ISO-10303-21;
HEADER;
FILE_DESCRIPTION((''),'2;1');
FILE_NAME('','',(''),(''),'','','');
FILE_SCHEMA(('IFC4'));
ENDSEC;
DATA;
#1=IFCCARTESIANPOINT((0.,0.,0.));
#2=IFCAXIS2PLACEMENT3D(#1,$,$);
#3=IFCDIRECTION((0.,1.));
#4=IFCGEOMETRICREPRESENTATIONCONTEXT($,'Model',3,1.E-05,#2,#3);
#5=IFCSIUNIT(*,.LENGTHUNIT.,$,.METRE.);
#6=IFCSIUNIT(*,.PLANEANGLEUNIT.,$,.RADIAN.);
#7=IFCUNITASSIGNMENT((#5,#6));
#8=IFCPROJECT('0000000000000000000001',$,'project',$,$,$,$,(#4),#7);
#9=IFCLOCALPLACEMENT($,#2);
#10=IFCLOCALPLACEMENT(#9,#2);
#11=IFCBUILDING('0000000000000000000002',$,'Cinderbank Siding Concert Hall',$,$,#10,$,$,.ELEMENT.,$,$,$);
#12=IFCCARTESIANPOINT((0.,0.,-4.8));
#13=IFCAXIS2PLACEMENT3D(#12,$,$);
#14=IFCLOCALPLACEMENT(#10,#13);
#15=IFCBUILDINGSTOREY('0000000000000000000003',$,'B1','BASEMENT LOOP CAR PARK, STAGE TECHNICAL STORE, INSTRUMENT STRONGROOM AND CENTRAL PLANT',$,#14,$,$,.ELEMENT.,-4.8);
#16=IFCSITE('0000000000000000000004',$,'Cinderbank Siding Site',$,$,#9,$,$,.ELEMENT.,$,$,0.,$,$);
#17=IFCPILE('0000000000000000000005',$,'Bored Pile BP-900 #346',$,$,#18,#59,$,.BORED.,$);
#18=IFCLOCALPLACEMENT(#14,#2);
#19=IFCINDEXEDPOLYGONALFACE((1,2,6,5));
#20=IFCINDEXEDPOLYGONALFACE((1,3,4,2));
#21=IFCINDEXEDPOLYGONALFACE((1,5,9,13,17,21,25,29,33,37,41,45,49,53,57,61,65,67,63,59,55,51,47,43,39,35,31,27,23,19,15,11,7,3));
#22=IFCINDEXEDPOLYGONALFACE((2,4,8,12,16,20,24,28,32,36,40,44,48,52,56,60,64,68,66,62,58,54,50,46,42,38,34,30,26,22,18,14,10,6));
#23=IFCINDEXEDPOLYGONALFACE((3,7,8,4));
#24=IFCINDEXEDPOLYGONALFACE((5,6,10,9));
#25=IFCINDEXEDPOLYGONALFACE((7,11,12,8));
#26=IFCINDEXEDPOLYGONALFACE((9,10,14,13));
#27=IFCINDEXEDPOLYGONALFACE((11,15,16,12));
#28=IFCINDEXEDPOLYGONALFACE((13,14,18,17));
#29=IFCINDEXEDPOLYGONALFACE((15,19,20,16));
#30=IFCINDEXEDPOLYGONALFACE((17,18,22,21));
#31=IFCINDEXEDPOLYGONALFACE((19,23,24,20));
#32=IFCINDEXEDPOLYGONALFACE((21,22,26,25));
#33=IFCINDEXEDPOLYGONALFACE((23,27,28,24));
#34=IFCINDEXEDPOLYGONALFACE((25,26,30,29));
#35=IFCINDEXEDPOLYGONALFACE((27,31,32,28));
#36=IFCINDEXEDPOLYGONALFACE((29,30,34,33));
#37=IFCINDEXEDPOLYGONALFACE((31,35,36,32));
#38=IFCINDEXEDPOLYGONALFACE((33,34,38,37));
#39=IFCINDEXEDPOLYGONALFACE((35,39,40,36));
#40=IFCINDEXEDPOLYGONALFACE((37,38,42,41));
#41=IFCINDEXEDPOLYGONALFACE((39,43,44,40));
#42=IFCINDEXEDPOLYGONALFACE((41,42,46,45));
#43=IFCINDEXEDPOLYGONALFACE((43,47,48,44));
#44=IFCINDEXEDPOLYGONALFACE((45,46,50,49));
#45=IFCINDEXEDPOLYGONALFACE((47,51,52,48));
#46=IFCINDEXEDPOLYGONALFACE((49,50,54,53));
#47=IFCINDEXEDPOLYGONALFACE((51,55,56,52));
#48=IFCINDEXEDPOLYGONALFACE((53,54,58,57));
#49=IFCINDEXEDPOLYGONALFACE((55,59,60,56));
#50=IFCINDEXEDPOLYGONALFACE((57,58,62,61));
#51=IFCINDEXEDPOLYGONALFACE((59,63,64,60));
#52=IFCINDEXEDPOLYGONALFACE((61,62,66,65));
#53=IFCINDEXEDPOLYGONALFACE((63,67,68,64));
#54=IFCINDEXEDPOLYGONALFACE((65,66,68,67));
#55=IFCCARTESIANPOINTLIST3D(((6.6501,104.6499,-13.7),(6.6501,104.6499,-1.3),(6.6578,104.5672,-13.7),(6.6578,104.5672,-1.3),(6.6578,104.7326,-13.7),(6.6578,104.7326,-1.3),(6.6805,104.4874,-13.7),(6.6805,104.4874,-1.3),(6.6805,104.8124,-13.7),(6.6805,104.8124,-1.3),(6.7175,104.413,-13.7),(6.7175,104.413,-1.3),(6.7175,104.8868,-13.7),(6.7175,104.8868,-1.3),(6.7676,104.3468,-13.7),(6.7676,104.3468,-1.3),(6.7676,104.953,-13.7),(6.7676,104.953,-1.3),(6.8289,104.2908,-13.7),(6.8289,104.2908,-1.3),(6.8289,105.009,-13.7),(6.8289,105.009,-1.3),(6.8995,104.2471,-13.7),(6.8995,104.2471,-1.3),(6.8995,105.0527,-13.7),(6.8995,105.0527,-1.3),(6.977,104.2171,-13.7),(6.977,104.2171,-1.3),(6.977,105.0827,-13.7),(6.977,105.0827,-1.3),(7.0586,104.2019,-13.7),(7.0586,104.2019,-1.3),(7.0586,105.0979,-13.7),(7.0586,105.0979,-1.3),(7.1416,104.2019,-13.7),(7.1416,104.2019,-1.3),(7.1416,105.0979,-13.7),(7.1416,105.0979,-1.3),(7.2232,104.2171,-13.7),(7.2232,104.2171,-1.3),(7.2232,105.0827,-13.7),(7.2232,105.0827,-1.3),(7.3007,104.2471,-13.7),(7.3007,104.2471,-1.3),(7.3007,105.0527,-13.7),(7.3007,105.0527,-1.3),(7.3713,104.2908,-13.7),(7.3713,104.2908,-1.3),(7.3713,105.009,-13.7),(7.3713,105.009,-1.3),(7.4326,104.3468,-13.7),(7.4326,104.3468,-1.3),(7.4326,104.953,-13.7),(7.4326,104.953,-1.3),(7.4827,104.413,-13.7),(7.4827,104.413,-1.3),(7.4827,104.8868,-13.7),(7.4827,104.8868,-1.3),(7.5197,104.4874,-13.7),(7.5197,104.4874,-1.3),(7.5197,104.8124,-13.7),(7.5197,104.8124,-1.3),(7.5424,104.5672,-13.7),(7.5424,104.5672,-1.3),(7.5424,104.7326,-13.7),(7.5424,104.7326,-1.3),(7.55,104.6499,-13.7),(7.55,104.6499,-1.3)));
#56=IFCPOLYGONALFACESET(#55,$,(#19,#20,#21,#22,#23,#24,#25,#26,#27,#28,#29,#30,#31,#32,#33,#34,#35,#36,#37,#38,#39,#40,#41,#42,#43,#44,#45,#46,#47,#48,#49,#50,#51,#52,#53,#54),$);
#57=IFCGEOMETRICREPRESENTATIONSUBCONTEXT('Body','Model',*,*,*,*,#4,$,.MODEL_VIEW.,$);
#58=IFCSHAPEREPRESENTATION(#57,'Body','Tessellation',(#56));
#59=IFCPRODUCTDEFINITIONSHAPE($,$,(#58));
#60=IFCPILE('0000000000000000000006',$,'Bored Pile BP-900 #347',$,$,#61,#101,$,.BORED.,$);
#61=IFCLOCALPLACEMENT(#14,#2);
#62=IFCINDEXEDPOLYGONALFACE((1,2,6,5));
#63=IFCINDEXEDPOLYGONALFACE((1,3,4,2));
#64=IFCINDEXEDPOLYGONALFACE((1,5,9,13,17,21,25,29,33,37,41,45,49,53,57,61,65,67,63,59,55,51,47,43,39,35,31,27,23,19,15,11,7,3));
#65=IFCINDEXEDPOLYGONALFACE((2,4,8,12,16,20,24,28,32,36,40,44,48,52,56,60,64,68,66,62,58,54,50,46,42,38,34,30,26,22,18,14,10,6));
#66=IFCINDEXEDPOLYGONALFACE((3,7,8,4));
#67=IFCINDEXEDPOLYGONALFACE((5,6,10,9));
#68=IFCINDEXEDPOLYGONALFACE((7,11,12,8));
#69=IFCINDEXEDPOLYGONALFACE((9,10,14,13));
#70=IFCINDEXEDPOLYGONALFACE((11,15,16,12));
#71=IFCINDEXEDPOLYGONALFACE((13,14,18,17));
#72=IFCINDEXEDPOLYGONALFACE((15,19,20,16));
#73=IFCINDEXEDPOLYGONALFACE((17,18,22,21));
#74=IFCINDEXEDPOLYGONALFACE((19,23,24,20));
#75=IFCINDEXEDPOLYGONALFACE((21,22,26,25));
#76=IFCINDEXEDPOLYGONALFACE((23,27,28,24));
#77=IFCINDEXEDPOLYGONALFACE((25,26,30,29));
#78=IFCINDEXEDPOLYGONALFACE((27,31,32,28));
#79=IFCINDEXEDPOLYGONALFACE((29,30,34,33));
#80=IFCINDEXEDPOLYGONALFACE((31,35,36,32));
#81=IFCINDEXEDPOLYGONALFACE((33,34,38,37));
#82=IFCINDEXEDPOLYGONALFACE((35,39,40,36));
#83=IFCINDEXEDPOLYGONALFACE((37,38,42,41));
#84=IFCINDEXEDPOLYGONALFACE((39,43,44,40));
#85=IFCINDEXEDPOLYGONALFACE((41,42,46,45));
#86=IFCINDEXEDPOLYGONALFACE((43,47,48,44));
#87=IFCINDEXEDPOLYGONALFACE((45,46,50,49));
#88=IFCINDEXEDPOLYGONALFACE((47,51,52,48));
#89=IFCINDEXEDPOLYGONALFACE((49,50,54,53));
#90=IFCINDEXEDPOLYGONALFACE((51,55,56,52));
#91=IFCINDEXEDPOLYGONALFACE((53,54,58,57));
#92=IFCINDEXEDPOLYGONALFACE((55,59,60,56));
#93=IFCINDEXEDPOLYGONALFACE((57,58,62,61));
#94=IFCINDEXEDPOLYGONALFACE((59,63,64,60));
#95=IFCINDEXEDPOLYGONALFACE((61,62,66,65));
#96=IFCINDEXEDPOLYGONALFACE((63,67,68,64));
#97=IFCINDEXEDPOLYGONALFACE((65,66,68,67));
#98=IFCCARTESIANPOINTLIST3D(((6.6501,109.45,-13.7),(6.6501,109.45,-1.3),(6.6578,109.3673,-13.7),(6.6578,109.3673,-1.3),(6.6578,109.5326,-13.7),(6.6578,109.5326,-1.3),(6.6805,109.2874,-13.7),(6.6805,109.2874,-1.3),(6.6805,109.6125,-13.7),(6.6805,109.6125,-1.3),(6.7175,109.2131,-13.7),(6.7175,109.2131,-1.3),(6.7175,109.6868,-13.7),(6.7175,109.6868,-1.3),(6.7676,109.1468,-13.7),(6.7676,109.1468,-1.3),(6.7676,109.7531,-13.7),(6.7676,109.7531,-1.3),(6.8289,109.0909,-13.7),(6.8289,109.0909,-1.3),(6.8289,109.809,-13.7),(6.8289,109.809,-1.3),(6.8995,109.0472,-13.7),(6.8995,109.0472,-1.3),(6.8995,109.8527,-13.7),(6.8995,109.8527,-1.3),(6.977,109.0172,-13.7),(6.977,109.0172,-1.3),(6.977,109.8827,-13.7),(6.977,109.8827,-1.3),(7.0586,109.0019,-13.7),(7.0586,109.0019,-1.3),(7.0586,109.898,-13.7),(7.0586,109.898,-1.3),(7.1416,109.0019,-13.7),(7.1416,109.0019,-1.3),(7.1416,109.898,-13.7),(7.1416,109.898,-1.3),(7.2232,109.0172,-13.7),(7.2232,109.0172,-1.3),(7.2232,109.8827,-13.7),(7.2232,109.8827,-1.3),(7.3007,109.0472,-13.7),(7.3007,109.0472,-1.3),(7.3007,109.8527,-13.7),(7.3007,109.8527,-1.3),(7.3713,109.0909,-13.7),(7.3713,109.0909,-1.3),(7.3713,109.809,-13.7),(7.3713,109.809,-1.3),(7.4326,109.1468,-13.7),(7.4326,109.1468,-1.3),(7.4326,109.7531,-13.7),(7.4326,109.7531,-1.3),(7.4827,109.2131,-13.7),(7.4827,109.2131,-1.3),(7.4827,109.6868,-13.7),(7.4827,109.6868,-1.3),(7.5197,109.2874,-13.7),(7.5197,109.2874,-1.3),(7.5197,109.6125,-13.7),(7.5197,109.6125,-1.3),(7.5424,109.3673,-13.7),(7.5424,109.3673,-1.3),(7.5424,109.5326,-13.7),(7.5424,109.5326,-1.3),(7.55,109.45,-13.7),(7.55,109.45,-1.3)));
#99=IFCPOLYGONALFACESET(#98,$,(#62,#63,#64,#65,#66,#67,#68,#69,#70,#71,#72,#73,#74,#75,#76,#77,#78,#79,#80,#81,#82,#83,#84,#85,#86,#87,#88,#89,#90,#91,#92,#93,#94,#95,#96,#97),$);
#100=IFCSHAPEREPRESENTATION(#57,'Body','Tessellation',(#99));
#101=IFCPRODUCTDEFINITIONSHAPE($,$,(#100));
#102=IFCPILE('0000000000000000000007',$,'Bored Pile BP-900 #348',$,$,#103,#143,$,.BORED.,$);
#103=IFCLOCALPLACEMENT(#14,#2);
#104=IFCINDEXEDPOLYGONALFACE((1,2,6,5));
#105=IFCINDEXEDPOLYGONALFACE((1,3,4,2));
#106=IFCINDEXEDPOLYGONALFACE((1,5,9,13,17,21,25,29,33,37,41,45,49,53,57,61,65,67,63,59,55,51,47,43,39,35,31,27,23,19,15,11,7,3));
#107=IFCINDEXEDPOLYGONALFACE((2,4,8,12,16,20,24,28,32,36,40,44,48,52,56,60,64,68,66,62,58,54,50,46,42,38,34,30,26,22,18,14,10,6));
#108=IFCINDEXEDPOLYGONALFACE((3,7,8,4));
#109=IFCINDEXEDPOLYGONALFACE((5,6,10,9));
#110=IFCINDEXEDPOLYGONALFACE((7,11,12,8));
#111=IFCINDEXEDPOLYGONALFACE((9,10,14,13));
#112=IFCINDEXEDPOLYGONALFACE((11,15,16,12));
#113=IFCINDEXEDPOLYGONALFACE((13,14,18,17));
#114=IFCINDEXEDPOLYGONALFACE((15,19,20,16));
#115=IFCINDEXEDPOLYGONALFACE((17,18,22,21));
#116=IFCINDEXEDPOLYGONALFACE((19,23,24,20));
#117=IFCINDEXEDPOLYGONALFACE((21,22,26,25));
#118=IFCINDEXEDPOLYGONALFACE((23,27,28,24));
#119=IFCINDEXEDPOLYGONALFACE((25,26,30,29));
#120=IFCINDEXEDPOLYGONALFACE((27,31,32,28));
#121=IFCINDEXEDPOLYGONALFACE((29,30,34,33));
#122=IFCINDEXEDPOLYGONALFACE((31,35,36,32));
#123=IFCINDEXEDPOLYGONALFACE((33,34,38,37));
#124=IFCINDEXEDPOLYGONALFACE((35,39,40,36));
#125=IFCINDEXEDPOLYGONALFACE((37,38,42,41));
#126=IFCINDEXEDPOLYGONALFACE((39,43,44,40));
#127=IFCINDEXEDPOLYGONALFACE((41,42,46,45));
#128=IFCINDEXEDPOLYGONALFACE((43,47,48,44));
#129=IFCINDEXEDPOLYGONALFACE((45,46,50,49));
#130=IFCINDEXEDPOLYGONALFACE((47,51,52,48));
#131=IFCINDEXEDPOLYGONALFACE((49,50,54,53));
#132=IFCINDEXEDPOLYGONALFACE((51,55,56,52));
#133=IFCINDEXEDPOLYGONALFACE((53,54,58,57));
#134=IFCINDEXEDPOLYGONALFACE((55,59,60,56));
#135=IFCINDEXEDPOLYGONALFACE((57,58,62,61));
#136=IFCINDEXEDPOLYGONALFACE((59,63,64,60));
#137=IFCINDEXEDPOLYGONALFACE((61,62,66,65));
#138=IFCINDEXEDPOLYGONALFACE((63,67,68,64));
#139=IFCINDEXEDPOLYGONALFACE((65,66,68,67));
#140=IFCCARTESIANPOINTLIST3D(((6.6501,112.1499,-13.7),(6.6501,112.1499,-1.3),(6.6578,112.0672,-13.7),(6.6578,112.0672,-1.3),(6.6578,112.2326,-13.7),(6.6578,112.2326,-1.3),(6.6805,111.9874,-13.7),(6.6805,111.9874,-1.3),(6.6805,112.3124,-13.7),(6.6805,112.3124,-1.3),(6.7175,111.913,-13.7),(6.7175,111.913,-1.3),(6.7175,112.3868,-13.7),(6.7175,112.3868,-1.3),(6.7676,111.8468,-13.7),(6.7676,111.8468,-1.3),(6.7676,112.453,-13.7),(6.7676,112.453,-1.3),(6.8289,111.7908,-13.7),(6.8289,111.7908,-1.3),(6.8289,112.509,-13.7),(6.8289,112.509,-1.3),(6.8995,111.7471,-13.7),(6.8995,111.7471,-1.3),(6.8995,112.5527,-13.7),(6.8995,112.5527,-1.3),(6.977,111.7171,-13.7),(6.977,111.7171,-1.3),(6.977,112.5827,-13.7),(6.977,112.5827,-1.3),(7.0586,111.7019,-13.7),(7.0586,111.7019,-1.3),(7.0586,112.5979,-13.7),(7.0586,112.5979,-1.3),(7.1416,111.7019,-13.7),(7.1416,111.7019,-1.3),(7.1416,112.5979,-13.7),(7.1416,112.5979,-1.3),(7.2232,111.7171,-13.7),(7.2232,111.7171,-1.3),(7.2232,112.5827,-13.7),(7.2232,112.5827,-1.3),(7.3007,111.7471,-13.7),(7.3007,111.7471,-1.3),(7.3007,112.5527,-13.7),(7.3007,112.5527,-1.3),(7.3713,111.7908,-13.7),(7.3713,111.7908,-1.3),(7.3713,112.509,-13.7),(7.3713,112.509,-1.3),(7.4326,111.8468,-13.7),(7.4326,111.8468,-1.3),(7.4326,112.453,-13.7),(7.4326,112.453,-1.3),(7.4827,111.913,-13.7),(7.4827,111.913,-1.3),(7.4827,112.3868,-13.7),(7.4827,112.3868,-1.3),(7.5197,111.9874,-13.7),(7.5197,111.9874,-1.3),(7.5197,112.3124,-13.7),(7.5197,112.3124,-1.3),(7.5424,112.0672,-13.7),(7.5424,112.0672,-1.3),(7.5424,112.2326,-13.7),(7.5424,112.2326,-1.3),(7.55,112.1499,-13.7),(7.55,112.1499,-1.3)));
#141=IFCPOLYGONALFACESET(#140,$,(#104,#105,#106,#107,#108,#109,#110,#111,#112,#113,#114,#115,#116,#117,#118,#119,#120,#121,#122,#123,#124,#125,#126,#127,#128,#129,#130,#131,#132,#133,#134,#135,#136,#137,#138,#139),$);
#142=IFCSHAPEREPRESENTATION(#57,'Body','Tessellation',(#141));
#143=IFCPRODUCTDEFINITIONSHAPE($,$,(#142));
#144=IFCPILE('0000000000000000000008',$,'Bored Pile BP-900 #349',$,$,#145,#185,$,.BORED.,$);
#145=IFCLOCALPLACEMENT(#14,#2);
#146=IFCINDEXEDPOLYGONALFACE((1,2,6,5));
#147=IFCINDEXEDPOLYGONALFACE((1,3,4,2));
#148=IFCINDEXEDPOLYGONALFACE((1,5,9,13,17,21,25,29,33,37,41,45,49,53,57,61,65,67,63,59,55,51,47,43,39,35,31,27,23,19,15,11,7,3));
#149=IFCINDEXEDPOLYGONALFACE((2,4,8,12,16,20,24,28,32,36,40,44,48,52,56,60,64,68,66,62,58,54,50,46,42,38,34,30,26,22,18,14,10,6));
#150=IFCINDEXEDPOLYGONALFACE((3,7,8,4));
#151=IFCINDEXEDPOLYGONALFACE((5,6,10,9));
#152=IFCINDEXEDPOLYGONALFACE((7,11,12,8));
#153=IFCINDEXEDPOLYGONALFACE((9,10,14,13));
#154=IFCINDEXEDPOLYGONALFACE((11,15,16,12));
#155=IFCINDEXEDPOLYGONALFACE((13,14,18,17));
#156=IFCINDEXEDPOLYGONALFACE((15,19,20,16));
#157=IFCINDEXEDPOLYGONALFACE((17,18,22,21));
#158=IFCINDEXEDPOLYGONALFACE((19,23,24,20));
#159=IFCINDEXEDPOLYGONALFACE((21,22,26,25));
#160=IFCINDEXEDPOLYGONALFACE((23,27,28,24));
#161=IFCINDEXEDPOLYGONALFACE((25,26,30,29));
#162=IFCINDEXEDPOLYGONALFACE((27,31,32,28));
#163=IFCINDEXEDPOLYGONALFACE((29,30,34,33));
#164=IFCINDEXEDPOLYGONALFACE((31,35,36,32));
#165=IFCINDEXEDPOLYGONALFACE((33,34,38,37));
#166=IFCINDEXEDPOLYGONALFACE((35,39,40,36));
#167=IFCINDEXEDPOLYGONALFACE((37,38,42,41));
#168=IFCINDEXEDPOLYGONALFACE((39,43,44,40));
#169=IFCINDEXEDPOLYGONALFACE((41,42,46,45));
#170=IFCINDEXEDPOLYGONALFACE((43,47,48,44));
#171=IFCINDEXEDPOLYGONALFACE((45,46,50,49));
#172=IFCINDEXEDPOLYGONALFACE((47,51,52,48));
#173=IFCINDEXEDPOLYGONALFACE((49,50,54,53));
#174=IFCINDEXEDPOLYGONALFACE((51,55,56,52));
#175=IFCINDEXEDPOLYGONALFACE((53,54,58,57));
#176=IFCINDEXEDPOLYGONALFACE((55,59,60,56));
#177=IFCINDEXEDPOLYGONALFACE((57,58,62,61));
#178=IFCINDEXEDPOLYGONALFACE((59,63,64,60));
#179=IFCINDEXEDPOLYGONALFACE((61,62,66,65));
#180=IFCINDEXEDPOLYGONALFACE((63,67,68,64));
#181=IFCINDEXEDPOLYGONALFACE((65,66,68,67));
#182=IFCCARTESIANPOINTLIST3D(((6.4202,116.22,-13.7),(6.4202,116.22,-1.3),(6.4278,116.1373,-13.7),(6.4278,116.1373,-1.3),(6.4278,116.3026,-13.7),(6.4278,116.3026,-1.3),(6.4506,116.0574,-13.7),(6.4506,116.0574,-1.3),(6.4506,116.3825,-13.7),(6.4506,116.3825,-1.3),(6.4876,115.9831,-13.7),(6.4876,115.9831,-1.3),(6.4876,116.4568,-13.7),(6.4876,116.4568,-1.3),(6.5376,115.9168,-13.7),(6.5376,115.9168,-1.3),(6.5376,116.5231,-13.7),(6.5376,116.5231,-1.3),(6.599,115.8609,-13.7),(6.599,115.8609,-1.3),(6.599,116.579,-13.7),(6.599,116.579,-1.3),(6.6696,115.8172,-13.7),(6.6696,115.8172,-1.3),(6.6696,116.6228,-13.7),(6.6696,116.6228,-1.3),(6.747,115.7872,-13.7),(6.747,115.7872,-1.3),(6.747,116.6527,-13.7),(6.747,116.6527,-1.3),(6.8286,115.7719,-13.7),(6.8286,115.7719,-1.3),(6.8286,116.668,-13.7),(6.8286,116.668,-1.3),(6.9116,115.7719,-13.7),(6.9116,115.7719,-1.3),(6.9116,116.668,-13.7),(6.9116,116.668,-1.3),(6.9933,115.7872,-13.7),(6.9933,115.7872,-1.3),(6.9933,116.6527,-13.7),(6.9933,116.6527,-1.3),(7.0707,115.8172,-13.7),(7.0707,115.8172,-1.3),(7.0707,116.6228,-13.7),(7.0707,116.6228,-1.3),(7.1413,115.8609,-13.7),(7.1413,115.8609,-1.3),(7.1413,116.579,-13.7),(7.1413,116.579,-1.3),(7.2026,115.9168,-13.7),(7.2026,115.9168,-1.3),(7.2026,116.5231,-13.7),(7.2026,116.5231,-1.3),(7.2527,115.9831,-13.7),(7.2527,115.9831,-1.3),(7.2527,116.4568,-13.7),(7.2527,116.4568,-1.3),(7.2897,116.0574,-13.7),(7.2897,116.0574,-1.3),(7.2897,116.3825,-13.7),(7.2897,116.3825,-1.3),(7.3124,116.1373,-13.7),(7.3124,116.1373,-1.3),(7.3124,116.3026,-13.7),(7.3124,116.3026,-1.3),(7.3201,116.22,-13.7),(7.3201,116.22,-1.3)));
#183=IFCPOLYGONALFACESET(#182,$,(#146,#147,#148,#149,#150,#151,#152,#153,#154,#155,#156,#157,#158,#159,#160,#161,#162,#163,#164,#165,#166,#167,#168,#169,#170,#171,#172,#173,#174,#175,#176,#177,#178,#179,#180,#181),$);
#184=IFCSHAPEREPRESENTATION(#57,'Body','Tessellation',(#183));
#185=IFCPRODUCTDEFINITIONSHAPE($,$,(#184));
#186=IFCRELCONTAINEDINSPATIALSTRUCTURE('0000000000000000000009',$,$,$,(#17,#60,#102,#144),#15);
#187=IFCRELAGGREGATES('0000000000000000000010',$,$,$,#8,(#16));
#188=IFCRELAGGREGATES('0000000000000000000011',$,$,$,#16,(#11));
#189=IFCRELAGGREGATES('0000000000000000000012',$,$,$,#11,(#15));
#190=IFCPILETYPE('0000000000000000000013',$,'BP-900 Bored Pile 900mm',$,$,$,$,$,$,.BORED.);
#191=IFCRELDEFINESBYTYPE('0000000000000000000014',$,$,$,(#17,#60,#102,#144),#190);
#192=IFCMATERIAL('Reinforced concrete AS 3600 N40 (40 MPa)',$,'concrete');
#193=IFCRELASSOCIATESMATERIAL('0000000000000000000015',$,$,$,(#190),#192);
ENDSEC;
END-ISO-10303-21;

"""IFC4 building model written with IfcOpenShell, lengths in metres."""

from ifc_helpers import new_model, si_unit, direction, frame, origin, origin_2d, place, context, subcontext, project, spatial, circle, extrude, material, material_profile, profile_set, type_object, element, save


model = new_model("IFC4")

# Units and contexts
model_context = context("Model", 3, precision=1e-05, world=origin(), true_north=direction((0.0, 1.0)))
body_context = subcontext(model_context, "Body", "Model", "MODEL_VIEW")
ifc_project = project(units=[si_unit("LENGTHUNIT", "METRE"), si_unit("PLANEANGLEUNIT", "RADIAN")], contexts=[model_context])

# Site, building, storey
site_placement = place(None, origin())
site = spatial("IfcSite", under=ifc_project, at=site_placement, Name="Cinderbank Siding Site", CompositionType="ELEMENT", RefElevation=0.0)
building_placement = place(site_placement, origin())
building = spatial("IfcBuilding", under=site, at=building_placement, Name="Cinderbank Siding Concert Hall", CompositionType="ELEMENT")
storey_placement = place(building_placement, frame((0.0, 0.0, -4.8)))
storey = spatial("IfcBuildingStorey", under=building, at=storey_placement, Name="B1", Description="BASEMENT LOOP CAR PARK, STAGE TECHNICAL STORE, INSTRUMENT STRONGROOM AND CENTRAL PLANT", CompositionType="ELEMENT", Elevation=-4.8)

# Piles
ifc_material_1 = material(Name="Reinforced concrete AS 3600 N40 (40 MPa)", Category="concrete")
ifc_material_profile_1 = material_profile(ifc_material_1, circle(Radius=0.45, at=origin_2d()), Name="PILE-900DIA", Category="LoadBearing")
ifc_profile_set_1 = profile_set([ifc_material_profile_1], Name="Reinforced concrete AS 3600 N40 (40 MPa)")
pile_type = type_object("IfcPileType", Name="BP-900 Bored Pile 900mm", PredefinedType="BORED", material=ifc_profile_set_1)
for number, where, z_axis, x_axis, name in (
    (1, (7.1001, 104.6499, -1.3), (0.0, 0.0, -1.0), (1.0, 0.0, 0.0), "Bored Pile BP-900 #346"),
    (2, (7.1001, 109.45, -1.3), (0.0, 0.0, -1.0), (1.0, 0.0, 0.0), "Bored Pile BP-900 #347"),
    (3, (7.1001, 112.1499, -1.3), (0.0, 0.0, -1.0), (1.0, 0.0, 0.0), "Bored Pile BP-900 #348"),
    (4, (6.8701, 116.22, -1.3), (0.0, 0.0, -1.0), (1.0, 0.0, 0.0), "Bored Pile BP-900 #349"),
):
    element("IfcPile", number, at=place(storey_placement, frame(where, z_axis=z_axis, x_axis=x_axis)), inside=storey, type_object=pile_type, Name=name, PredefinedType="BORED", context=body_context, shape_type="SweptSolid", body=[
        extrude(circle(Radius=0.45, at=origin_2d()), origin(), (0.0, 0.0, 1.0), 12.3999),
    ])

save(model, "model.ifc")
